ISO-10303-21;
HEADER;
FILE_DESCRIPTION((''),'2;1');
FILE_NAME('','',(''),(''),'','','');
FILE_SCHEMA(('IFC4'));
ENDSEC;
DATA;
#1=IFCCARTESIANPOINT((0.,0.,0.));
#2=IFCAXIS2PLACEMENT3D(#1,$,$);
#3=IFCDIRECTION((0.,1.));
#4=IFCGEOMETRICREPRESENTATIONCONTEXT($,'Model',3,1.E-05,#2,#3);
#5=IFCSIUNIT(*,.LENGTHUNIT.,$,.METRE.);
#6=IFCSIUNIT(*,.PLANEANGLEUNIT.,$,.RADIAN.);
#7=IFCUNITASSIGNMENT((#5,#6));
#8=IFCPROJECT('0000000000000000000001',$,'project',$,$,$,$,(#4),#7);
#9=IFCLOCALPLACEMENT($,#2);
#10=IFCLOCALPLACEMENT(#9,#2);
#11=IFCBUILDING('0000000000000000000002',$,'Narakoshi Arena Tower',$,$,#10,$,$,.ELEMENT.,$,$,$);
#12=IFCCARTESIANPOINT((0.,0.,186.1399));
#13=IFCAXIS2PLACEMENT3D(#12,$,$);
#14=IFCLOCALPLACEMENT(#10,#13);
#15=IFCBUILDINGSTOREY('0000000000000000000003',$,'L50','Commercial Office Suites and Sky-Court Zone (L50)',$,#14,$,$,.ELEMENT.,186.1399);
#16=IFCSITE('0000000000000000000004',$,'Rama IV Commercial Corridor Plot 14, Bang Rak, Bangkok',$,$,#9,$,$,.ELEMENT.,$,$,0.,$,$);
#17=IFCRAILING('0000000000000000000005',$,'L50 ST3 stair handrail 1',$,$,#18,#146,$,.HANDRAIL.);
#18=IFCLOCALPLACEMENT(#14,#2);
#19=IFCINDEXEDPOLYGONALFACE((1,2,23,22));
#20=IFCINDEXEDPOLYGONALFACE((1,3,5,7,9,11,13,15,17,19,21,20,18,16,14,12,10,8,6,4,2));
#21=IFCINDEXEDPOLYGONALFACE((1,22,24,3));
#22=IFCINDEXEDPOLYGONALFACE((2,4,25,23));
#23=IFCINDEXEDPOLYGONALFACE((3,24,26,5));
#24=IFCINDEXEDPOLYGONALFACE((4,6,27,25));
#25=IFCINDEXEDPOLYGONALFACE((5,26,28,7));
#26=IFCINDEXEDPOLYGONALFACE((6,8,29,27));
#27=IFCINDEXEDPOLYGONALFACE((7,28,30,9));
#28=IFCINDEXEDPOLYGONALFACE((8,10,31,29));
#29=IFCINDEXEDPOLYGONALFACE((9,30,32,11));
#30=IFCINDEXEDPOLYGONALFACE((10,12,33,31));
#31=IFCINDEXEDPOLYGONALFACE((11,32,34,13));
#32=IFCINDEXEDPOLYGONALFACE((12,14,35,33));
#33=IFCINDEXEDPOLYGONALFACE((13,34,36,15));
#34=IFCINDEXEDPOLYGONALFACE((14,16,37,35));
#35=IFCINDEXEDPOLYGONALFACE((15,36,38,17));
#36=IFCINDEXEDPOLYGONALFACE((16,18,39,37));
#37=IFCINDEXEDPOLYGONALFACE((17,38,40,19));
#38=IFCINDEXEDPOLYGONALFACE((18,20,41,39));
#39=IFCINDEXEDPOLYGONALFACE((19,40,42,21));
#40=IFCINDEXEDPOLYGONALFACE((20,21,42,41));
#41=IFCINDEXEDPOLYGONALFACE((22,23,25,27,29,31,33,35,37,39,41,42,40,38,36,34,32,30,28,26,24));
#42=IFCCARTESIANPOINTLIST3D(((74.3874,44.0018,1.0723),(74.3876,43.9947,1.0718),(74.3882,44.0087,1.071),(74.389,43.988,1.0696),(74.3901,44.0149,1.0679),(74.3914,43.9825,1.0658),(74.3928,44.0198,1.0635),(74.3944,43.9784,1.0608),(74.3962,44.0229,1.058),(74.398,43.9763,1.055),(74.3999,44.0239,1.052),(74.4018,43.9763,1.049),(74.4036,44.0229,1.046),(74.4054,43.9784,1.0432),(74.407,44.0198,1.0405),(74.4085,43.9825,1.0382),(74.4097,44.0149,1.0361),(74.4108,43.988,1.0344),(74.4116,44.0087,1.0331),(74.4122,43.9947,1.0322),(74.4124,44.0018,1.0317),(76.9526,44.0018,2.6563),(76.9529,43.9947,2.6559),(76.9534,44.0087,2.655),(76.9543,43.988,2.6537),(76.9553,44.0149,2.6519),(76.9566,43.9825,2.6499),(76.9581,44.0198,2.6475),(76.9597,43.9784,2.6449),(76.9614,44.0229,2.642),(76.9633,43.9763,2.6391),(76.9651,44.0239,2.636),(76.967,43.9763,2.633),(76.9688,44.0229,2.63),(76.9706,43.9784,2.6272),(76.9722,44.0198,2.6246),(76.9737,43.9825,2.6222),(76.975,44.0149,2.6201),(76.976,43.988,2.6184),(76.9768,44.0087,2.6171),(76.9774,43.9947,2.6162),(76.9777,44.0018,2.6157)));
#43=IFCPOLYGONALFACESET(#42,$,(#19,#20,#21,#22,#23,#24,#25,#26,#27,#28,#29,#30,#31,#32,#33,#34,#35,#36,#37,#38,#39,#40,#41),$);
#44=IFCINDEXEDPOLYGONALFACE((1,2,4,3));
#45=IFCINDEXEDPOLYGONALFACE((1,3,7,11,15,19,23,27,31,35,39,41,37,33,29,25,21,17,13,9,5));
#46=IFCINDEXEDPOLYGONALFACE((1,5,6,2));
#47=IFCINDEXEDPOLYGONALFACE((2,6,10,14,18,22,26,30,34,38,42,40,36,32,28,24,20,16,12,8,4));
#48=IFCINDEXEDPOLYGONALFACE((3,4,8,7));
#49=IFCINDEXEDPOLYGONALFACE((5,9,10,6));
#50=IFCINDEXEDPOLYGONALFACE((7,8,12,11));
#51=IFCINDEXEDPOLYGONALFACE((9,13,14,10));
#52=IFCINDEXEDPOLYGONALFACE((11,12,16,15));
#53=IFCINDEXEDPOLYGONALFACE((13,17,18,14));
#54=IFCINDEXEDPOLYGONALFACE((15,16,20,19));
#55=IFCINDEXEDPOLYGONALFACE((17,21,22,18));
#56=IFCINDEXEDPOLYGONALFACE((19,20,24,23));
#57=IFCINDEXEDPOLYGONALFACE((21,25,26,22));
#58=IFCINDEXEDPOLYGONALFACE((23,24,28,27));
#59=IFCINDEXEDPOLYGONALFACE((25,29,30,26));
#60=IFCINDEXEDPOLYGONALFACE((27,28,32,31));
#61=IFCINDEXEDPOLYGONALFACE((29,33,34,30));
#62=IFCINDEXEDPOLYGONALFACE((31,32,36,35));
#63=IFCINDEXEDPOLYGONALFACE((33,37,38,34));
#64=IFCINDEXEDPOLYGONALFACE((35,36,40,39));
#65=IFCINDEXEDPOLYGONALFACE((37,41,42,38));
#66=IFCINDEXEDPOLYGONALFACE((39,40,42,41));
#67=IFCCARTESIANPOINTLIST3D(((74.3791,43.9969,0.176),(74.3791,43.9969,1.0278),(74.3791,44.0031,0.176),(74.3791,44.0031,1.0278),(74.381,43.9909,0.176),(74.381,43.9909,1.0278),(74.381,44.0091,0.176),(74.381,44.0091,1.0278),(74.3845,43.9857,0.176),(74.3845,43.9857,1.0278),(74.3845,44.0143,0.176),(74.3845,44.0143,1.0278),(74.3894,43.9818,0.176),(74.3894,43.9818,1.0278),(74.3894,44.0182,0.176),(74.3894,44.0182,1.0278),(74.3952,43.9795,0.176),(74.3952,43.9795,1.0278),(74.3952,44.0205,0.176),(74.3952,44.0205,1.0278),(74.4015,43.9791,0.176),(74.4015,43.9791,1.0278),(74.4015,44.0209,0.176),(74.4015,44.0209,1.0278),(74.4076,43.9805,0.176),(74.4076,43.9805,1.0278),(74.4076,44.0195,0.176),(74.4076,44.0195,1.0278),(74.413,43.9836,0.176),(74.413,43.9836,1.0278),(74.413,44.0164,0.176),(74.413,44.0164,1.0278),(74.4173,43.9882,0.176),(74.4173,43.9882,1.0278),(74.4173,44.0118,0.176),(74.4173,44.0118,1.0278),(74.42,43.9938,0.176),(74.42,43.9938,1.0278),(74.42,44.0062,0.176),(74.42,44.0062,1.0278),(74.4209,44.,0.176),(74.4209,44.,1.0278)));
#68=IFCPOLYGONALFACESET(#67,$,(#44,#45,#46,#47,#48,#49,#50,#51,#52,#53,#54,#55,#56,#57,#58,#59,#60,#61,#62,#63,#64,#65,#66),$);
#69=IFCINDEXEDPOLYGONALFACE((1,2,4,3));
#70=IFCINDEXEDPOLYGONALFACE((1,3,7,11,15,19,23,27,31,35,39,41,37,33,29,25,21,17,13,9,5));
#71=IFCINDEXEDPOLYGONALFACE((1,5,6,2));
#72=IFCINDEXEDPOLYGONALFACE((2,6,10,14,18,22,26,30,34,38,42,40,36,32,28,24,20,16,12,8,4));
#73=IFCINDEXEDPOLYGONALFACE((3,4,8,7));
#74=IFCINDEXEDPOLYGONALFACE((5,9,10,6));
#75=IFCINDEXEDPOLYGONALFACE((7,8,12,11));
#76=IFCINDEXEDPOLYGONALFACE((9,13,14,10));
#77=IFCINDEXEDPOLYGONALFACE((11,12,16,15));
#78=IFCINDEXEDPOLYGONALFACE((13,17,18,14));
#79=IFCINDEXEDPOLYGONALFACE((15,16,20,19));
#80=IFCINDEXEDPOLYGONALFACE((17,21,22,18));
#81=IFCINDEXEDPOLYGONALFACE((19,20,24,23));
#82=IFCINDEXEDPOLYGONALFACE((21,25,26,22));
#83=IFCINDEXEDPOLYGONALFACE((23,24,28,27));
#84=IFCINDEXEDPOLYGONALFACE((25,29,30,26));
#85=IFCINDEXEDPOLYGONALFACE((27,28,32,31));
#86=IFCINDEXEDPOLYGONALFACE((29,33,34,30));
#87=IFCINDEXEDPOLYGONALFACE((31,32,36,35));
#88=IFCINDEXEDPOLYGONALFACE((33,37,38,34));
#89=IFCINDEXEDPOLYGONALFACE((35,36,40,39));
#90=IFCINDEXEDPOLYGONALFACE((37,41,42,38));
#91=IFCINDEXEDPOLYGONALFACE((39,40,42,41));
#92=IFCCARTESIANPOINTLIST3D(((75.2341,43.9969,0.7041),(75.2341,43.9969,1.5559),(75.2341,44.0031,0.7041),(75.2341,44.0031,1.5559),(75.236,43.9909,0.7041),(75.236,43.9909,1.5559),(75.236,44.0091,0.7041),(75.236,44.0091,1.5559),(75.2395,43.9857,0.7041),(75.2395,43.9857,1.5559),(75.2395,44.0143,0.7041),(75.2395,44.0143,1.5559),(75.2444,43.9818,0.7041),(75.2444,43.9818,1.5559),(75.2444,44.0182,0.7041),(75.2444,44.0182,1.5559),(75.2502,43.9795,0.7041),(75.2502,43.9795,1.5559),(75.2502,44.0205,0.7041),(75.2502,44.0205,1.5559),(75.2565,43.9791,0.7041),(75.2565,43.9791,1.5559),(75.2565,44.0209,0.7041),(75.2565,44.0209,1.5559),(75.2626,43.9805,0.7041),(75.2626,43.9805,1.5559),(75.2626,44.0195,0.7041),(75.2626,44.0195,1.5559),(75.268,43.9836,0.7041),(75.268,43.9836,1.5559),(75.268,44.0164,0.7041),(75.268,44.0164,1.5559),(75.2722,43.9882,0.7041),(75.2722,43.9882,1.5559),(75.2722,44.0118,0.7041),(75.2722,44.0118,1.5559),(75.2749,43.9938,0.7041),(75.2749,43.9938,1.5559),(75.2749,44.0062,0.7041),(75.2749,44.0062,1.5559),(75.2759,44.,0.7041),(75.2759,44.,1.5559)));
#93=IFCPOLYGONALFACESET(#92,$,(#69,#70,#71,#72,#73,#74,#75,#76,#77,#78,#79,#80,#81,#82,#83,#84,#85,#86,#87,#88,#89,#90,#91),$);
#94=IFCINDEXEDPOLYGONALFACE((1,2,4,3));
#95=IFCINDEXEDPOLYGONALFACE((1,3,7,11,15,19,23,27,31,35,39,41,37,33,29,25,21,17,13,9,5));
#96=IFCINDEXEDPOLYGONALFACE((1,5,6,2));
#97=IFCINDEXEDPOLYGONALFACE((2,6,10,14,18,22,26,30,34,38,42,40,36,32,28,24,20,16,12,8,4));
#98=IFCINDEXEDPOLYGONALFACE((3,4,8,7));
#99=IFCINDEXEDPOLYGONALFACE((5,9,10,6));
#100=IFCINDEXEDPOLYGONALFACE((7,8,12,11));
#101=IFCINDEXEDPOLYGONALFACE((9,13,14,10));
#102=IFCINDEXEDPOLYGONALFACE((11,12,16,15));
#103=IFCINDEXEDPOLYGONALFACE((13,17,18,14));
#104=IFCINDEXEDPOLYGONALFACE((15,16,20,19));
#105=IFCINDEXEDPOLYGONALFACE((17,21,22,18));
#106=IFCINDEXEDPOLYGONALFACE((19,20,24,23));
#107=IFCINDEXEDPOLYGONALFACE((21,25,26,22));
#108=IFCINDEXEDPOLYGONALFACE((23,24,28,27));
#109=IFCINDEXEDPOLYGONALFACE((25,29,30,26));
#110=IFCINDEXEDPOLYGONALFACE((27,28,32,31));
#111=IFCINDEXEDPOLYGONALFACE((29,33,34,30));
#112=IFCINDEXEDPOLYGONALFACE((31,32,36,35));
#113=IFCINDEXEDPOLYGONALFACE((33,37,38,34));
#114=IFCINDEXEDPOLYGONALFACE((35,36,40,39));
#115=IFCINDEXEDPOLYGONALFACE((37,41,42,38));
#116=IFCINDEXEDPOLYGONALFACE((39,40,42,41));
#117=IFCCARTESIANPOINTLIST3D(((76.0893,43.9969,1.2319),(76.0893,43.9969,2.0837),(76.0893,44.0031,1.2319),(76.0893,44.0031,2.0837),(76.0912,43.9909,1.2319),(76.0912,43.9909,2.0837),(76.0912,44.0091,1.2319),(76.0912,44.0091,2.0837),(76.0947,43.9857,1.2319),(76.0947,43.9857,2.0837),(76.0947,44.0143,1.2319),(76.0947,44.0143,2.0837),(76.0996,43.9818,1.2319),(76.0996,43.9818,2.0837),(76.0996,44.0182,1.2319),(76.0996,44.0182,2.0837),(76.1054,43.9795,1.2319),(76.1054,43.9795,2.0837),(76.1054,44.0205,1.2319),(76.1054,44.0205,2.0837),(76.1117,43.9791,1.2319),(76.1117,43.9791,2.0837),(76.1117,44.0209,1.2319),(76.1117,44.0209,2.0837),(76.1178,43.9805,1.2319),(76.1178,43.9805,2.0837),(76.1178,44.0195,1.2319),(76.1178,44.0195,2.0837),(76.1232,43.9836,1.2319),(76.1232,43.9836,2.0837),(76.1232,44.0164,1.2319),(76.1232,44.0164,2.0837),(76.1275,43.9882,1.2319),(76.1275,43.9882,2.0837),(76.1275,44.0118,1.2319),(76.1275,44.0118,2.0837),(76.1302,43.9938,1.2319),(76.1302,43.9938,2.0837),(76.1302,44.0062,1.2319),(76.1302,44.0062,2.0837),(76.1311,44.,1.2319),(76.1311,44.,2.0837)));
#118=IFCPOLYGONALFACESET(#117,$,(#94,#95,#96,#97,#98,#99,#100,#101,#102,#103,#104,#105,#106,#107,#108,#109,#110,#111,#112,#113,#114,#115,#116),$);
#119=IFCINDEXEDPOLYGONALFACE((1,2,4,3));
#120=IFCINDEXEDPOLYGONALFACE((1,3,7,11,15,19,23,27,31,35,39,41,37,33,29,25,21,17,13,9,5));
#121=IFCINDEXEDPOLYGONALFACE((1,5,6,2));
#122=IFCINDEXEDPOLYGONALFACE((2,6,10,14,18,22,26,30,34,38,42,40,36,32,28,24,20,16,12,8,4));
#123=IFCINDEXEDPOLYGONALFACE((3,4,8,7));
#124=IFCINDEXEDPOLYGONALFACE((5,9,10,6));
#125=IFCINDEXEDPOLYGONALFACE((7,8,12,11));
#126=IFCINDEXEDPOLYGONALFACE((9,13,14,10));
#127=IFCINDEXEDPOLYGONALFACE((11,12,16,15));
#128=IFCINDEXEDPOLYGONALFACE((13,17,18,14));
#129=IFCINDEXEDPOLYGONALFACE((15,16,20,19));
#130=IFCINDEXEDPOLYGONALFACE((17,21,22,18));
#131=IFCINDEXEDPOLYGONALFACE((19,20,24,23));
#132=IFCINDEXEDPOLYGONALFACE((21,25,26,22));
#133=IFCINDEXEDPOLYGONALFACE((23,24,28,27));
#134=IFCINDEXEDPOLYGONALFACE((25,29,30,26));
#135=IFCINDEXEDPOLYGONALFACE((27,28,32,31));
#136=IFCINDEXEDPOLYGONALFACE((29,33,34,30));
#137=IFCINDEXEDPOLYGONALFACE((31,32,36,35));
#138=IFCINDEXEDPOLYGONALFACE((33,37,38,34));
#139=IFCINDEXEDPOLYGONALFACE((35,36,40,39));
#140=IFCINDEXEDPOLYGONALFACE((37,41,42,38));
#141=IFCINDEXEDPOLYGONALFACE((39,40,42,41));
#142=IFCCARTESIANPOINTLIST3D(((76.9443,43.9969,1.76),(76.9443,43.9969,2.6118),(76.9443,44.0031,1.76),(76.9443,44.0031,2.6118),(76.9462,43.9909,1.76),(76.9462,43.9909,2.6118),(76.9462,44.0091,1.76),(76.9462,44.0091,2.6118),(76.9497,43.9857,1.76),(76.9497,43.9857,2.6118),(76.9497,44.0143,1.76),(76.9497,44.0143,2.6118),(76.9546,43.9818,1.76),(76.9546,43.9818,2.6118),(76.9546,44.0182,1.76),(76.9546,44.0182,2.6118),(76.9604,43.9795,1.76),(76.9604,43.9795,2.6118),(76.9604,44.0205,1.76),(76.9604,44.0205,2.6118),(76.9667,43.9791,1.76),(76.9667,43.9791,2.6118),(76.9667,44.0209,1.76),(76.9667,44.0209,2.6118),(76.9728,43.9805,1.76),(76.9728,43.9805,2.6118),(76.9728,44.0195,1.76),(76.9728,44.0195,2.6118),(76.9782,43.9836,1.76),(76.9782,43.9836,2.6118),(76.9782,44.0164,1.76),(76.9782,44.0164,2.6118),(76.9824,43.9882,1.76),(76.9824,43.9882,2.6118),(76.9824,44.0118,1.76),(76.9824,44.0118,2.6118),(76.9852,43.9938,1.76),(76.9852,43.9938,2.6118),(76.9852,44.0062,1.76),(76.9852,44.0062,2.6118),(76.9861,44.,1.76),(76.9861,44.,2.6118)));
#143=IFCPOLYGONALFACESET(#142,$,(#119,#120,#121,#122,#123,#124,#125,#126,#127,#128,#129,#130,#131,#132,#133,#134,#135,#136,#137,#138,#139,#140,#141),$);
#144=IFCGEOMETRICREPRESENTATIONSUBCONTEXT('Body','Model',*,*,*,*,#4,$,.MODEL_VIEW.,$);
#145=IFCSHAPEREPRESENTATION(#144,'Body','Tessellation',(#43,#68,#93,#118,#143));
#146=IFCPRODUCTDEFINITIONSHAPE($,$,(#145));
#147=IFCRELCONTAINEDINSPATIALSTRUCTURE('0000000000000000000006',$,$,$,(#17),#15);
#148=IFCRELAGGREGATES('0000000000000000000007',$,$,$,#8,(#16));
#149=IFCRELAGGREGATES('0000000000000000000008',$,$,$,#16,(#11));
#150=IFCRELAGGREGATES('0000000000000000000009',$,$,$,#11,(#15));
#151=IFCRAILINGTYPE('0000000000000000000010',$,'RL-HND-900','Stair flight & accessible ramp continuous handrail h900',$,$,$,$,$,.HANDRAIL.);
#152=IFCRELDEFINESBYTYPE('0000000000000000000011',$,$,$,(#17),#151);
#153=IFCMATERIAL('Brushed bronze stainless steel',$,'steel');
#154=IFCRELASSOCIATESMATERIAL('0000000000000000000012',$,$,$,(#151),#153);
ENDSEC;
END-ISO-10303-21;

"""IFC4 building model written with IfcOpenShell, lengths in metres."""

from ifc_helpers import new_model, si_unit, direction, frame, origin, origin_2d, place, context, subcontext, project, spatial, circle, extrude, material, type_object, element, save


model = new_model("IFC4")

# Units and contexts
model_context = context("Model", 3, precision=1e-05, world=origin(), true_north=direction((0.0, 1.0)))
body_context = subcontext(model_context, "Body", "Model", "MODEL_VIEW")
ifc_project = project(units=[si_unit("LENGTHUNIT", "METRE"), si_unit("PLANEANGLEUNIT", "RADIAN")], contexts=[model_context])

# Site, building, storey
site_placement = place(None, origin())
site = spatial("IfcSite", under=ifc_project, at=site_placement, Name="Rama IV Commercial Corridor Plot 14, Bang Rak, Bangkok", CompositionType="ELEMENT", RefElevation=0.0)
building_placement = place(site_placement, origin())
building = spatial("IfcBuilding", under=site, at=building_placement, Name="Narakoshi Arena Tower", CompositionType="ELEMENT")
storey_placement = place(building_placement, frame((0.0, 0.0, 186.1399)))
storey = spatial("IfcBuildingStorey", under=building, at=storey_placement, Name="L50", Description="Commercial Office Suites and Sky-Court Zone (L50)", CompositionType="ELEMENT", Elevation=186.1399)

# Railing
ifc_material_1 = material(Name="Brushed bronze stainless steel", Category="steel")
railing_type_1 = type_object("IfcRailingType", Name="RL-HND-900", Description="Stair flight & accessible ramp continuous handrail h900", PredefinedType="HANDRAIL", material=ifc_material_1)
railing_1_placement = place(storey_placement, frame((74.3999, 44.0, 0.176)))
element("IfcRailing", 1, at=railing_1_placement, inside=storey, type_object=railing_type_1, Name="L50 ST3 stair handrail 1", PredefinedType="HANDRAIL", context=body_context, shape_type="SweptSolid", body=[
    extrude(circle(Radius=0.0239, at=origin_2d()), frame((0.0, 0.0, 0.876), z_axis=(0.850857, 0.0, 0.525398), x_axis=(0.0, 1.0, 0.0)), (0.0, 0.0, 1.0), 3.0149),
    extrude(circle(Radius=0.021, at=origin_2d()), origin(), (0.0, 0.0, 1.0), 0.8518),
    extrude(circle(Radius=0.021, at=origin_2d()), frame((0.855, 0.0, 0.5281)), (0.0, 0.0, 1.0), 0.8518),
    extrude(circle(Radius=0.021, at=origin_2d()), frame((1.7102, 0.0, 1.0559)), (0.0, 0.0, 1.0), 0.8518),
    extrude(circle(Radius=0.021, at=origin_2d()), frame((2.5652, 0.0, 1.584)), (0.0, 0.0, 1.0), 0.8518),
])

save(model, "model.ifc")
